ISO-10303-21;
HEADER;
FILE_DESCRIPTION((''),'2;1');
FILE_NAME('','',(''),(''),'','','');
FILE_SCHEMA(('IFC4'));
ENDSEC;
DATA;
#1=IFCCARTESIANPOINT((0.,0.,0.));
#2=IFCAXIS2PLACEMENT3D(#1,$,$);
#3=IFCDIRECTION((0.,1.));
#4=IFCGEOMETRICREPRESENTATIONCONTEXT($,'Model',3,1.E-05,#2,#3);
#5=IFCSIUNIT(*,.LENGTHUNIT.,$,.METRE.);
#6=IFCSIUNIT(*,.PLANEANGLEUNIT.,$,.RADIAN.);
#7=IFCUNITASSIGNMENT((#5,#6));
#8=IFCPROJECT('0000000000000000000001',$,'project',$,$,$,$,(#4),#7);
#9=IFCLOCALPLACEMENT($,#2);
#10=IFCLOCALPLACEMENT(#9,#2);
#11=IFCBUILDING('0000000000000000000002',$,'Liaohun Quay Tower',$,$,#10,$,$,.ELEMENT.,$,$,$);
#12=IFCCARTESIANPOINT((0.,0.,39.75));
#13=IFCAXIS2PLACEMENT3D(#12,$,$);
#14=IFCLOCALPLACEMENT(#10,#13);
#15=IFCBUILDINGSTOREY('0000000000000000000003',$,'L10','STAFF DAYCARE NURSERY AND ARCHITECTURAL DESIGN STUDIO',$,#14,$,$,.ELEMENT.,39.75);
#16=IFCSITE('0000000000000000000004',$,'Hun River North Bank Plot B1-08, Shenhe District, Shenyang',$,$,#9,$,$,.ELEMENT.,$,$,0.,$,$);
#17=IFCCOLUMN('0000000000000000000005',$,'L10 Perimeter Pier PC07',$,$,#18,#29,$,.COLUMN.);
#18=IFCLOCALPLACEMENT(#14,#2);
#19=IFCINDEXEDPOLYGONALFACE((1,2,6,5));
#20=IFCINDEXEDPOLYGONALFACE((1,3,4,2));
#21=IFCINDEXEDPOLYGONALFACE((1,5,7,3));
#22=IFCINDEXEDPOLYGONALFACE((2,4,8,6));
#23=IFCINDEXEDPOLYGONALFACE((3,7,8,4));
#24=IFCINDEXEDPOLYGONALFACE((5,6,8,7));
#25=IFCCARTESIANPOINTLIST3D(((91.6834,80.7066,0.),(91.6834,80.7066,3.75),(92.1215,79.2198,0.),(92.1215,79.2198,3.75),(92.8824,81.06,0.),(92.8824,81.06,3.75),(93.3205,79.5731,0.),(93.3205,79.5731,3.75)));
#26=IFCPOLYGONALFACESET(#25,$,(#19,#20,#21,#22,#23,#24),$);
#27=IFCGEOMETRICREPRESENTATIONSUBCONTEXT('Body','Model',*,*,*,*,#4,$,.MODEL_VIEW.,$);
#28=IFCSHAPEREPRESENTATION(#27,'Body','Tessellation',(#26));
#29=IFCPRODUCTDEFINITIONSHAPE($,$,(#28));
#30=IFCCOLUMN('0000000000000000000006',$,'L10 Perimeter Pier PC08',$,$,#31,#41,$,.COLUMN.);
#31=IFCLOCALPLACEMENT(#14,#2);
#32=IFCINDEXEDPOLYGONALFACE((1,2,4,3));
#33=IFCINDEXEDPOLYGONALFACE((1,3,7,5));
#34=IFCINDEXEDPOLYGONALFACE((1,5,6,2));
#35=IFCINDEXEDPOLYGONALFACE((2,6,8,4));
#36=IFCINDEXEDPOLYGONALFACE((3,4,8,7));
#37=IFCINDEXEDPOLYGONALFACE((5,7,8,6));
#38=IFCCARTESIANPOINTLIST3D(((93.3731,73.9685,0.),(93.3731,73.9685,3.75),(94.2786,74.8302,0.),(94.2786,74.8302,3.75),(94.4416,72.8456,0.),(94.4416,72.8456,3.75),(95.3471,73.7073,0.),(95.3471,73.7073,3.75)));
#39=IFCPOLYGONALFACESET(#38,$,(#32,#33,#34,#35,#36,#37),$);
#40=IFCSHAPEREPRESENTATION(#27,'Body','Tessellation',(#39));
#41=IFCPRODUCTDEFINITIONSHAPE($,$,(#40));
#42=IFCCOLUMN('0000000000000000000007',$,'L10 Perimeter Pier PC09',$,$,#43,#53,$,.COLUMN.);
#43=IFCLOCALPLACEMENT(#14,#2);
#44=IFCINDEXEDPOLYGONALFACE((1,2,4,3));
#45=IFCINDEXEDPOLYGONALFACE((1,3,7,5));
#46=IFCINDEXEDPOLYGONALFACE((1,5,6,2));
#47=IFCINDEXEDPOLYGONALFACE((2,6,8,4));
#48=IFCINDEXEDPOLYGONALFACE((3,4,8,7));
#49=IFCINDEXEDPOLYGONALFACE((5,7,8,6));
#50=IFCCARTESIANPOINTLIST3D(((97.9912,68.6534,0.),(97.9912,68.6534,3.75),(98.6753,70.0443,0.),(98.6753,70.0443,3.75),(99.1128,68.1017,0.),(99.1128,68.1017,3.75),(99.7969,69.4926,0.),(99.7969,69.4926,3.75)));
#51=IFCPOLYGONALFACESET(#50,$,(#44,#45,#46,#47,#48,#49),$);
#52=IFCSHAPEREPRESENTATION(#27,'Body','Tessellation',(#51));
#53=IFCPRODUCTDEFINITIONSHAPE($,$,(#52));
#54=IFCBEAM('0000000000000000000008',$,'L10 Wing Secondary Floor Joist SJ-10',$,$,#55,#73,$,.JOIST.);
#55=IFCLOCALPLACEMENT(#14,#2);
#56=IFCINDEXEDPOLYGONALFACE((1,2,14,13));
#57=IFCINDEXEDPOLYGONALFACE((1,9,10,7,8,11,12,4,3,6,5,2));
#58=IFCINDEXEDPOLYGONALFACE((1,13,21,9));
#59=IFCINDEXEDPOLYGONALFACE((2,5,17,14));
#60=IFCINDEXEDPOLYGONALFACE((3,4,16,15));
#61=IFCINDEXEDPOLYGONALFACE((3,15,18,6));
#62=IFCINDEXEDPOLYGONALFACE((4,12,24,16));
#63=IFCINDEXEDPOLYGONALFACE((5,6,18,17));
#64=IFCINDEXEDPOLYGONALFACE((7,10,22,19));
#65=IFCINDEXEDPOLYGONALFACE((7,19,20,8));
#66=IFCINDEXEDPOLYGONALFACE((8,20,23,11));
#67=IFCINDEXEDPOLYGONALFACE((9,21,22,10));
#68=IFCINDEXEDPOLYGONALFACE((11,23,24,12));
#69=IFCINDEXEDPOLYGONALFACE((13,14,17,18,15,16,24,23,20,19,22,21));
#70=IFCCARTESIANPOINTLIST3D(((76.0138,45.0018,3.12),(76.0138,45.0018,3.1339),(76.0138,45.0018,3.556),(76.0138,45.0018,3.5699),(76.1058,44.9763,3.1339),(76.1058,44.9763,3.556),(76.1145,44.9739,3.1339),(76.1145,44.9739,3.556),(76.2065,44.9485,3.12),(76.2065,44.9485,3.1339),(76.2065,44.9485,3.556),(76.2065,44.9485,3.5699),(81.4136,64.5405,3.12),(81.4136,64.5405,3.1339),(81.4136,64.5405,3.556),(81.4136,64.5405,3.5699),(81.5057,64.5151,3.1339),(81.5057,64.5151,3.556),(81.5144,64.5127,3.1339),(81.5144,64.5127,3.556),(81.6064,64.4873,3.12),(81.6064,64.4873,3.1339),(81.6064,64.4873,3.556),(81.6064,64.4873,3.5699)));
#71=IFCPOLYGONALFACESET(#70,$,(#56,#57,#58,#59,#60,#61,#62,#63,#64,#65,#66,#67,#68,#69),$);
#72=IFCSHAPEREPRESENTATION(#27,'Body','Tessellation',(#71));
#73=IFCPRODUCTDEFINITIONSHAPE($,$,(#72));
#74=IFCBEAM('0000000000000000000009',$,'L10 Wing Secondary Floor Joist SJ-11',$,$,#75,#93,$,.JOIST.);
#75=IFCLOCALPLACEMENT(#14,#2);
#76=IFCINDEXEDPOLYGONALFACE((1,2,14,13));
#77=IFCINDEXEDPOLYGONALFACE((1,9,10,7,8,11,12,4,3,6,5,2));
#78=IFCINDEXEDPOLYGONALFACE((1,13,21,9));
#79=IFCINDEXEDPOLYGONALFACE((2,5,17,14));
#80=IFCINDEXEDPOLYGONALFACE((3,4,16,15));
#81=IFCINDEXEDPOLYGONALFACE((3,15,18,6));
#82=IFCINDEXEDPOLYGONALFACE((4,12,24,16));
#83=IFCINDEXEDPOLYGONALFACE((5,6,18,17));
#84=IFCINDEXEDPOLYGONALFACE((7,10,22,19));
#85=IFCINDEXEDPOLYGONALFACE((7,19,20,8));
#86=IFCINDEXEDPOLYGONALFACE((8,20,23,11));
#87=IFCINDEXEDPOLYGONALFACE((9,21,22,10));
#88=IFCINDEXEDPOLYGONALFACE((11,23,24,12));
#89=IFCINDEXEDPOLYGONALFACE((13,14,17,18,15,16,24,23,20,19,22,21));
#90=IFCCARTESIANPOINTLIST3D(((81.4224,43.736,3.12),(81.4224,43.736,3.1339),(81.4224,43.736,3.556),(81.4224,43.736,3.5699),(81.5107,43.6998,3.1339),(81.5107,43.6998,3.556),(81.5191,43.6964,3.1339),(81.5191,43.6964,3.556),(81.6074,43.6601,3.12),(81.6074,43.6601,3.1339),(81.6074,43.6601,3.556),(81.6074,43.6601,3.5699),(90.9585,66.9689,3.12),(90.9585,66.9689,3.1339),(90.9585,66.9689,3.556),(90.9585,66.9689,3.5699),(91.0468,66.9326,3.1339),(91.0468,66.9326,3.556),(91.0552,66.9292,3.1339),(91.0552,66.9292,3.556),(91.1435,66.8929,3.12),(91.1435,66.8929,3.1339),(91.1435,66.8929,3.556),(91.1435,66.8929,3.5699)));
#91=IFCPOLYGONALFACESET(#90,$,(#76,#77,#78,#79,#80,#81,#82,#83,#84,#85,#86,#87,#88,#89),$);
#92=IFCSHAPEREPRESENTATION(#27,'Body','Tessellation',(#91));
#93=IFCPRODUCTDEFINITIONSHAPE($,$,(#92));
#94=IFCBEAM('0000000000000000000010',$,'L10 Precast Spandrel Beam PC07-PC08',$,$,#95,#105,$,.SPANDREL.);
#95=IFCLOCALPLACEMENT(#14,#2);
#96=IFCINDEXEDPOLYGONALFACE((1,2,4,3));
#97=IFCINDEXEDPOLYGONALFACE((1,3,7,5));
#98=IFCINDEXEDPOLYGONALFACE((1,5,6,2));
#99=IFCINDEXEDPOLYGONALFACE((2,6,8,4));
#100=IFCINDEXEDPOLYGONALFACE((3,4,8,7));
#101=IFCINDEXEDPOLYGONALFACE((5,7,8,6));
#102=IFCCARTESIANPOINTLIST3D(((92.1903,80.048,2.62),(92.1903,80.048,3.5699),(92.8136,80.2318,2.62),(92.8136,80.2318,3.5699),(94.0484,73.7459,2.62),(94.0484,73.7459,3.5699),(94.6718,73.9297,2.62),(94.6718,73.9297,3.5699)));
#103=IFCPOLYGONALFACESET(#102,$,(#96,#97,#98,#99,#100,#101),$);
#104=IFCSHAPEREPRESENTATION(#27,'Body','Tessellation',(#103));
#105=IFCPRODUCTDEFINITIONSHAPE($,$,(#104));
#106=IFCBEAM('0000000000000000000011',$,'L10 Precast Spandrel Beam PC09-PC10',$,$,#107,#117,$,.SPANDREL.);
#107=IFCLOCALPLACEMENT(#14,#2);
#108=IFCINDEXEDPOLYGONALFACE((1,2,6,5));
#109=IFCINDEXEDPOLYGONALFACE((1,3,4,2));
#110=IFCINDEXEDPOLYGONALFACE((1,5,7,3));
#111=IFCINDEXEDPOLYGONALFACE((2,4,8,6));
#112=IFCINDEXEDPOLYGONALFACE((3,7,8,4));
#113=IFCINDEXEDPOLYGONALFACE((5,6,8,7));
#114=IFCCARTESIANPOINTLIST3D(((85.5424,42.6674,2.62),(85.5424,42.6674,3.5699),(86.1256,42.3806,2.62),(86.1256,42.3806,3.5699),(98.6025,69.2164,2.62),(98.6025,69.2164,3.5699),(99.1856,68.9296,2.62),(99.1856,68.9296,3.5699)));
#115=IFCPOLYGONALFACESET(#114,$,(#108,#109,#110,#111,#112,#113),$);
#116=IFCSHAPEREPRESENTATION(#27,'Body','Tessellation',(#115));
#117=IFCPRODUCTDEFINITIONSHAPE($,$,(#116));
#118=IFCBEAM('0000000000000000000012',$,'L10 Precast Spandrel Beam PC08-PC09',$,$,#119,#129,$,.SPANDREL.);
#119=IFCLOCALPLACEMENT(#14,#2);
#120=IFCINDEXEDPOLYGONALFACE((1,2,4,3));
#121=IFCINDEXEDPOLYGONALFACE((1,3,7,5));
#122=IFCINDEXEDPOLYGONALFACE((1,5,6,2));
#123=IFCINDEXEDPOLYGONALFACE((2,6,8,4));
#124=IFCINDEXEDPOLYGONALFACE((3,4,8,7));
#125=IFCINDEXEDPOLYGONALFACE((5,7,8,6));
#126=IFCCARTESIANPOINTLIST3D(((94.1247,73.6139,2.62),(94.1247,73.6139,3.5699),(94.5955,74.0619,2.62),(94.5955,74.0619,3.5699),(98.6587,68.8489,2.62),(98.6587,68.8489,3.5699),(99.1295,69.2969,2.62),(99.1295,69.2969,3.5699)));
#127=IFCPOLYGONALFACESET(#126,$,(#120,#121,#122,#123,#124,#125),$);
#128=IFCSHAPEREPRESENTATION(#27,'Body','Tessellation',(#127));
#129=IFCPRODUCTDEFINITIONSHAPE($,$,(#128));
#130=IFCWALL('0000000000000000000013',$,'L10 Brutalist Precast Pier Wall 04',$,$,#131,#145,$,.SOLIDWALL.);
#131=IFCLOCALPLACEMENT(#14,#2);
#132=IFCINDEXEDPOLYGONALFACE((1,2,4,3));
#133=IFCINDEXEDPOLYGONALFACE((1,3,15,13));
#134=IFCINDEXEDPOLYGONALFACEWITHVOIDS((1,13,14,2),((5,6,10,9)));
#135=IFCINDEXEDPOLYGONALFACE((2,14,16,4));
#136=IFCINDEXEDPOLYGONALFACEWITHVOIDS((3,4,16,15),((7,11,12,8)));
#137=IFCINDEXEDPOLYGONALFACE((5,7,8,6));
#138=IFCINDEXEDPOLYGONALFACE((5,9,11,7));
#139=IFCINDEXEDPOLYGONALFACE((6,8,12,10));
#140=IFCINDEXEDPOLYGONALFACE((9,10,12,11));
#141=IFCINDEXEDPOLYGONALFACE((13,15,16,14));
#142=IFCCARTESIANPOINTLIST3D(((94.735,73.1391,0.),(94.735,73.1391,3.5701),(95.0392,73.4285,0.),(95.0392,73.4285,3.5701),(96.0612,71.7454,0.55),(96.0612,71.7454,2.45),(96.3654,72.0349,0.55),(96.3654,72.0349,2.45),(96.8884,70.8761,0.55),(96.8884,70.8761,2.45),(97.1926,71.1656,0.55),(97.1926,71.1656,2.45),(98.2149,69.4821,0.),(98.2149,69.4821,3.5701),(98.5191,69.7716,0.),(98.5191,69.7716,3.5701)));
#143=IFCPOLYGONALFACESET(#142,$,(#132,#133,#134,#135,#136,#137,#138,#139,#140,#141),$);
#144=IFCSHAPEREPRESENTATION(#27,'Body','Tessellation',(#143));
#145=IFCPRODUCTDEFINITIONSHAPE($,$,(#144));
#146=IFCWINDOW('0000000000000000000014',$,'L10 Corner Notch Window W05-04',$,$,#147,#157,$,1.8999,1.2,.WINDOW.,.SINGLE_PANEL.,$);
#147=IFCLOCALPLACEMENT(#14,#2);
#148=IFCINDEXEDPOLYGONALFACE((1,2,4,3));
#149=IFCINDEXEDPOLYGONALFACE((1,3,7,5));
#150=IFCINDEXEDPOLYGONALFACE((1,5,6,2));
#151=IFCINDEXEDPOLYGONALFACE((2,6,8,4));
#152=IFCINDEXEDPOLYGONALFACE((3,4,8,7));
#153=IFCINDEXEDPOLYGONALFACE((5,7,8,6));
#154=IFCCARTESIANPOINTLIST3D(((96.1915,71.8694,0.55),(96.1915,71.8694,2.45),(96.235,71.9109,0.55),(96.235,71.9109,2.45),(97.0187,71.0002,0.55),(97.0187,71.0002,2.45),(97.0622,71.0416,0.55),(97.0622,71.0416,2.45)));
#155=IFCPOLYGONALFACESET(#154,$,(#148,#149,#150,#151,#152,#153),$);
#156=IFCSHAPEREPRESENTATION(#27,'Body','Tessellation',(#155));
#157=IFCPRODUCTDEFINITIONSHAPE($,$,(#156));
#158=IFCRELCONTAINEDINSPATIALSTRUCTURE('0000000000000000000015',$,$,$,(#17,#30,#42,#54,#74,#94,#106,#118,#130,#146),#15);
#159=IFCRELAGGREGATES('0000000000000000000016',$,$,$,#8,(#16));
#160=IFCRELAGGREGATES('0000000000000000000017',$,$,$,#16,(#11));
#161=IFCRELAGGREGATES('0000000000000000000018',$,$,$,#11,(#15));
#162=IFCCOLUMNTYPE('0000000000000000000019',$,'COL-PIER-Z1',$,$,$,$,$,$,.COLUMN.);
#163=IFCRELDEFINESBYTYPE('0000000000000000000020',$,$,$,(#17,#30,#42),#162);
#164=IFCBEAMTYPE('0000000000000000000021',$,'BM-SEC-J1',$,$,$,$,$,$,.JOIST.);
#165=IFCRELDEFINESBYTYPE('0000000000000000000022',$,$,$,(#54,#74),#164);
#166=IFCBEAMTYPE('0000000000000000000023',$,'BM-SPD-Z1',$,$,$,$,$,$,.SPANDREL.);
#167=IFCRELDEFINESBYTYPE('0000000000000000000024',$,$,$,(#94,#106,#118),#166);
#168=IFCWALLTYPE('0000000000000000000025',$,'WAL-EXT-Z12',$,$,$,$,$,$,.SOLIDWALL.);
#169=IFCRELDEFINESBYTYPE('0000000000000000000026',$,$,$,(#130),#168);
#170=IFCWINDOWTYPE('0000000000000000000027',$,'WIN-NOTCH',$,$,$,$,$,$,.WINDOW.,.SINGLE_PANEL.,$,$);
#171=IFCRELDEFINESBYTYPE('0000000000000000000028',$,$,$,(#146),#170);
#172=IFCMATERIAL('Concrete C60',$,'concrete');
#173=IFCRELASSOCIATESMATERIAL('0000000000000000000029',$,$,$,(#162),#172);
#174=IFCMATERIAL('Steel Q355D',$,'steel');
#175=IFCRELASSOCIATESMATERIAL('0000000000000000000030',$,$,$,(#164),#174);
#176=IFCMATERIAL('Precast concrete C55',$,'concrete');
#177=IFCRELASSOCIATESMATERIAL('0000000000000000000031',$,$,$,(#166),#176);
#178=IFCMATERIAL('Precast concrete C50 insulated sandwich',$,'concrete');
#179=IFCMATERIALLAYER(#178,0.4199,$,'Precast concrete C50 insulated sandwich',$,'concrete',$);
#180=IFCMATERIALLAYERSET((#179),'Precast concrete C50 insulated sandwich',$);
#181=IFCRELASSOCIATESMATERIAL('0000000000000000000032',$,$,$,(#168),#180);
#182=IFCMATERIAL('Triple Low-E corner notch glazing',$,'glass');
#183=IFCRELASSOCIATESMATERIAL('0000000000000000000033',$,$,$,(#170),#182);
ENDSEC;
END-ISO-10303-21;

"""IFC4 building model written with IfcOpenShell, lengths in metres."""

from ifc_helpers import new_model, si_unit, direction, frame, frame_2d, origin, origin_2d, place, context, subcontext, project, spatial, rectangle, i_section, extrude, source, transform, mapped, material, layer, layer_set, material_profile, profile_set, type_object, element, fill, save


model = new_model("IFC4")

# Units and contexts
model_context = context("Model", 3, precision=1e-05, world=origin(), true_north=direction((0.0, 1.0)))
body_context = subcontext(model_context, "Body", "Model", "MODEL_VIEW")
ifc_project = project(units=[si_unit("LENGTHUNIT", "METRE"), si_unit("PLANEANGLEUNIT", "RADIAN")], contexts=[model_context])

# Site, building, storey
site_placement = place(None, origin())
site = spatial("IfcSite", under=ifc_project, at=site_placement, Name="Hun River North Bank Plot B1-08, Shenhe District, Shenyang", CompositionType="ELEMENT", RefElevation=0.0)
building_placement = place(site_placement, origin())
building = spatial("IfcBuilding", under=site, at=building_placement, Name="Liaohun Quay Tower", CompositionType="ELEMENT")
storey_placement = place(building_placement, frame((0.0, 0.0, 39.75)))
storey = spatial("IfcBuildingStorey", under=building, at=storey_placement, Name="L10", Description="STAFF DAYCARE NURSERY AND ARCHITECTURAL DESIGN STUDIO", CompositionType="ELEMENT", Elevation=39.75)

# Columns
ifc_material_1 = material(Name="Concrete C60", Category="concrete")
ifc_material_profile_1 = material_profile(ifc_material_1, rectangle(XDim=1.55, YDim=1.25, at=origin_2d()), Name="RC1550x1250")
ifc_profile_set_1 = profile_set([ifc_material_profile_1], Name="Concrete C60")
column_type = type_object("IfcColumnType", Name="COL-PIER-Z1", PredefinedType="COLUMN", material=ifc_profile_set_1)
shared_shape_1 = source(origin(), body_context, "Body", "SweptSolid", [
    extrude(rectangle(XDim=1.55, YDim=1.25, at=origin_2d()), origin(), (0.0, 0.0, 1.0), 3.75),
])
for number, where, z_axis, x_axis, name in (
    (1, (92.502, 80.1399, 0.0), (0.0, 0.0, 1.0), (-0.282676, 0.959215, 0.0), "L10 Perimeter Pier PC07"),
    (2, (94.3601, 73.8379, 0.0), (0.0, 0.0, 1.0), (-0.689367, 0.724413, 0.0), "L10 Perimeter Pier PC08"),
    (3, (98.894, 69.073, 0.0), (0.0, 0.0, 1.0), (0.441349, 0.897335, 0.0), "L10 Perimeter Pier PC09"),
):
    element("IfcColumn", number, at=place(storey_placement, frame(where, z_axis=z_axis, x_axis=x_axis)), inside=storey, type_object=column_type, Name=name, PredefinedType="COLUMN", context=body_context, shape_type="MappedRepresentation", body=[
        mapped(shared_shape_1, transform((0.0, 0.0, 0.0), x_axis=(1.0, 0.0, 0.0), y_axis=(0.0, 1.0, 0.0), z_axis=(0.0, 0.0, 1.0), scale=1.0)),
    ])

# Beams
ifc_material_2 = material(Name="Steel Q355D", Category="steel")
ifc_material_profile_2 = material_profile(ifc_material_2, i_section(OverallWidth=0.2, OverallDepth=0.45, WebThickness=0.009, FlangeThickness=0.0139, at=origin_2d()), Name="HN450x200x9x14")
ifc_profile_set_2 = profile_set([ifc_material_profile_2], Name="Steel Q355D")
beam_type_1 = type_object("IfcBeamType", Name="BM-SEC-J1", PredefinedType="JOIST", material=ifc_profile_set_2)
shared_shape_2 = source(origin(), body_context, "Body", "SweptSolid", [
    extrude(i_section(OverallWidth=0.2, OverallDepth=0.45, WebThickness=0.009, FlangeThickness=0.0139, at=origin_2d()), origin(), (0.0, 0.0, 1.0), 20.2712),
])
beam_1_placement = place(storey_placement, frame((81.51, 64.5139, 3.345), z_axis=(-0.266382, -0.963868, 0.0), x_axis=(0.963868, -0.266382, 0.0)))
element("IfcBeam", 4, at=beam_1_placement, inside=storey, type_object=beam_type_1, Name="L10 Wing Secondary Floor Joist SJ-10", PredefinedType="JOIST", context=body_context, shape_type="MappedRepresentation", body=[
    mapped(shared_shape_2, transform((0.0, 0.0, 0.0), x_axis=(1.0, 0.0, 0.0), y_axis=(0.0, 1.0, 0.0), z_axis=(0.0, 0.0, 1.0), scale=1.0)),
])
shared_shape_3 = source(origin(), body_context, "Body", "SweptSolid", [
    extrude(i_section(OverallWidth=0.2, OverallDepth=0.45, WebThickness=0.009, FlangeThickness=0.0139, at=origin_2d()), origin(), (0.0, 0.0, 1.0), 25.1138),
])
beam_2_placement = place(storey_placement, frame((91.051, 66.9309, 3.345), z_axis=(-0.379716, -0.925103, 0.0), x_axis=(0.925103, -0.379716, 0.0)))
element("IfcBeam", 5, at=beam_2_placement, inside=storey, type_object=beam_type_1, Name="L10 Wing Secondary Floor Joist SJ-11", PredefinedType="JOIST", context=body_context, shape_type="MappedRepresentation", body=[
    mapped(shared_shape_3, transform((0.0, 0.0, 0.0), x_axis=(1.0, 0.0, 0.0), y_axis=(0.0, 1.0, 0.0), z_axis=(0.0, 0.0, 1.0), scale=1.0)),
])
ifc_material_3 = material(Name="Precast concrete C55", Category="concrete")
ifc_material_profile_3 = material_profile(ifc_material_3, rectangle(XDim=0.6499, YDim=0.95, at=origin_2d()), Name="RC650x950")
ifc_profile_set_3 = profile_set([ifc_material_profile_3], Name="Precast concrete C55")
beam_type_2 = type_object("IfcBeamType", Name="BM-SPD-Z1", PredefinedType="SPANDREL", material=ifc_profile_set_3)
shared_shape_4 = source(origin(), body_context, "Body", "SweptSolid", [
    extrude(rectangle(XDim=0.6499, YDim=0.95, at=origin_2d()), origin(), (0.0, 0.0, 1.0), 6.5703),
])
beam_3_placement = place(storey_placement, frame((92.502, 80.1399, 3.095), z_axis=(0.282814, -0.959175, 0.0), x_axis=(0.959175, 0.282814, 0.0)))
element("IfcBeam", 6, at=beam_3_placement, inside=storey, type_object=beam_type_2, Name="L10 Precast Spandrel Beam PC07-PC08", PredefinedType="SPANDREL", context=body_context, shape_type="MappedRepresentation", body=[
    mapped(shared_shape_4, transform((0.0, 0.0, 0.0), x_axis=(1.0, 0.0, 0.0), y_axis=(0.0, 1.0, 0.0), z_axis=(0.0, 0.0, 1.0), scale=1.0)),
])
shared_shape_5 = source(origin(), body_context, "Body", "SweptSolid", [
    extrude(rectangle(XDim=0.6499, YDim=0.95, at=origin_2d()), origin(), (0.0, 0.0, 1.0), 29.5874),
])
beam_4_placement = place(storey_placement, frame((98.894, 69.073, 3.095), z_axis=(-0.441405, -0.897308, 0.0), x_axis=(0.897308, -0.441405, 0.0)))
element("IfcBeam", 7, at=beam_4_placement, inside=storey, type_object=beam_type_2, Name="L10 Precast Spandrel Beam PC09-PC10", PredefinedType="SPANDREL", context=body_context, shape_type="MappedRepresentation", body=[
    mapped(shared_shape_5, transform((0.0, 0.0, 0.0), x_axis=(1.0, 0.0, 0.0), y_axis=(0.0, 1.0, 0.0), z_axis=(0.0, 0.0, 1.0), scale=1.0)),
])
shared_shape_6 = source(origin(), body_context, "Body", "SweptSolid", [
    extrude(rectangle(XDim=0.6499, YDim=0.95, at=origin_2d()), origin(), (0.0, 0.0, 1.0), 6.5774),
])
beam_5_placement = place(storey_placement, frame((94.3601, 73.8379, 3.095), z_axis=(0.689332, -0.724446, 0.0), x_axis=(0.724446, 0.689332, 0.0)))
element("IfcBeam", 8, at=beam_5_placement, inside=storey, type_object=beam_type_2, Name="L10 Precast Spandrel Beam PC08-PC09", PredefinedType="SPANDREL", context=body_context, shape_type="MappedRepresentation", body=[
    mapped(shared_shape_6, transform((0.0, 0.0, 0.0), x_axis=(1.0, 0.0, 0.0), y_axis=(0.0, 1.0, 0.0), z_axis=(0.0, 0.0, 1.0), scale=1.0)),
])

# Wall, opening, window
ifc_material_4 = material(Name="Precast concrete C50 insulated sandwich", Category="concrete")
ifc_layer_1 = layer(ifc_material_4, 0.4199, Name="Precast concrete C50 insulated sandwich", Category="concrete")
ifc_layer_set_1 = layer_set([ifc_layer_1], Name="Precast concrete C50 insulated sandwich")
wall_type_1 = type_object("IfcWallType", Name="WAL-EXT-Z12", PredefinedType="SOLIDWALL", material=ifc_layer_set_1)
wall_1_placement = place(storey_placement, frame((98.3669, 69.627, 0.0), z_axis=(0.0, 0.0, 1.0), x_axis=(-0.689358, 0.724421, 0.0)))
wall_1 = element("IfcWall", 9, at=wall_1_placement, inside=storey, type_object=wall_type_1, Name="L10 Brutalist Precast Pier Wall 04", PredefinedType="SOLIDWALL", context=body_context, shape_type="SweptSolid", body=[
    extrude(rectangle(XDim=5.0481, YDim=0.4199, at=frame_2d((2.5239, 0.0))), origin(), (0.0, 0.0, 1.0), 3.5701),
])
shared_shape_7 = source(origin(), body_context, "Body", "SweptSolid", [
    extrude(rectangle(XDim=1.2, YDim=1.8999, at=frame_2d((0.6001, 0.95))), frame((0.0, 0.22, 0.0), z_axis=(0.0, -1.0, 0.0), x_axis=(1.0, 0.0, 0.0)), (0.0, 0.0, 1.0), 0.4399),
])
opening_1_placement = place(wall_1_placement, frame((1.9241, 0.0, 0.55)))
opening_1 = element("IfcOpeningElement", 10, at=opening_1_placement, cuts=wall_1, PredefinedType="OPENING", context=body_context, shape_type="MappedRepresentation", body=[
    mapped(shared_shape_7, transform((0.0, 0.0, 0.0), x_axis=(1.0, 0.0, 0.0), y_axis=(0.0, 1.0, 0.0), z_axis=(0.0, 0.0, 1.0), scale=1.0)),
])
ifc_material_5 = material(Name="Triple Low-E corner notch glazing", Category="glass")
window_type_1 = type_object("IfcWindowType", Name="WIN-NOTCH", PartitioningType="SINGLE_PANEL", PredefinedType="WINDOW", material=ifc_material_5)
shared_shape_8 = source(origin(), body_context, "Body", "SweptSolid", [
    extrude(rectangle(XDim=1.2, YDim=1.8999, at=frame_2d((0.6001, 0.95))), frame((0.0, 0.03, 0.0), z_axis=(0.0, -1.0, 0.0), x_axis=(1.0, 0.0, 0.0)), (0.0, 0.0, 1.0), 0.0601),
])
window_1_placement = place(opening_1_placement, origin())
window_1 = element("IfcWindow", 11, at=window_1_placement, inside=storey, type_object=window_type_1, Name="L10 Corner Notch Window W05-04", OverallHeight=1.8999, OverallWidth=1.2, PartitioningType="SINGLE_PANEL", PredefinedType="WINDOW", context=body_context, shape_type="MappedRepresentation", body=[
    mapped(shared_shape_8, transform((0.0, 0.0, 0.0), x_axis=(1.0, 0.0, 0.0), y_axis=(0.0, 1.0, 0.0), z_axis=(0.0, 0.0, 1.0), scale=1.0)),
])
fill(opening_1, window_1)

save(model, "model.ifc")
